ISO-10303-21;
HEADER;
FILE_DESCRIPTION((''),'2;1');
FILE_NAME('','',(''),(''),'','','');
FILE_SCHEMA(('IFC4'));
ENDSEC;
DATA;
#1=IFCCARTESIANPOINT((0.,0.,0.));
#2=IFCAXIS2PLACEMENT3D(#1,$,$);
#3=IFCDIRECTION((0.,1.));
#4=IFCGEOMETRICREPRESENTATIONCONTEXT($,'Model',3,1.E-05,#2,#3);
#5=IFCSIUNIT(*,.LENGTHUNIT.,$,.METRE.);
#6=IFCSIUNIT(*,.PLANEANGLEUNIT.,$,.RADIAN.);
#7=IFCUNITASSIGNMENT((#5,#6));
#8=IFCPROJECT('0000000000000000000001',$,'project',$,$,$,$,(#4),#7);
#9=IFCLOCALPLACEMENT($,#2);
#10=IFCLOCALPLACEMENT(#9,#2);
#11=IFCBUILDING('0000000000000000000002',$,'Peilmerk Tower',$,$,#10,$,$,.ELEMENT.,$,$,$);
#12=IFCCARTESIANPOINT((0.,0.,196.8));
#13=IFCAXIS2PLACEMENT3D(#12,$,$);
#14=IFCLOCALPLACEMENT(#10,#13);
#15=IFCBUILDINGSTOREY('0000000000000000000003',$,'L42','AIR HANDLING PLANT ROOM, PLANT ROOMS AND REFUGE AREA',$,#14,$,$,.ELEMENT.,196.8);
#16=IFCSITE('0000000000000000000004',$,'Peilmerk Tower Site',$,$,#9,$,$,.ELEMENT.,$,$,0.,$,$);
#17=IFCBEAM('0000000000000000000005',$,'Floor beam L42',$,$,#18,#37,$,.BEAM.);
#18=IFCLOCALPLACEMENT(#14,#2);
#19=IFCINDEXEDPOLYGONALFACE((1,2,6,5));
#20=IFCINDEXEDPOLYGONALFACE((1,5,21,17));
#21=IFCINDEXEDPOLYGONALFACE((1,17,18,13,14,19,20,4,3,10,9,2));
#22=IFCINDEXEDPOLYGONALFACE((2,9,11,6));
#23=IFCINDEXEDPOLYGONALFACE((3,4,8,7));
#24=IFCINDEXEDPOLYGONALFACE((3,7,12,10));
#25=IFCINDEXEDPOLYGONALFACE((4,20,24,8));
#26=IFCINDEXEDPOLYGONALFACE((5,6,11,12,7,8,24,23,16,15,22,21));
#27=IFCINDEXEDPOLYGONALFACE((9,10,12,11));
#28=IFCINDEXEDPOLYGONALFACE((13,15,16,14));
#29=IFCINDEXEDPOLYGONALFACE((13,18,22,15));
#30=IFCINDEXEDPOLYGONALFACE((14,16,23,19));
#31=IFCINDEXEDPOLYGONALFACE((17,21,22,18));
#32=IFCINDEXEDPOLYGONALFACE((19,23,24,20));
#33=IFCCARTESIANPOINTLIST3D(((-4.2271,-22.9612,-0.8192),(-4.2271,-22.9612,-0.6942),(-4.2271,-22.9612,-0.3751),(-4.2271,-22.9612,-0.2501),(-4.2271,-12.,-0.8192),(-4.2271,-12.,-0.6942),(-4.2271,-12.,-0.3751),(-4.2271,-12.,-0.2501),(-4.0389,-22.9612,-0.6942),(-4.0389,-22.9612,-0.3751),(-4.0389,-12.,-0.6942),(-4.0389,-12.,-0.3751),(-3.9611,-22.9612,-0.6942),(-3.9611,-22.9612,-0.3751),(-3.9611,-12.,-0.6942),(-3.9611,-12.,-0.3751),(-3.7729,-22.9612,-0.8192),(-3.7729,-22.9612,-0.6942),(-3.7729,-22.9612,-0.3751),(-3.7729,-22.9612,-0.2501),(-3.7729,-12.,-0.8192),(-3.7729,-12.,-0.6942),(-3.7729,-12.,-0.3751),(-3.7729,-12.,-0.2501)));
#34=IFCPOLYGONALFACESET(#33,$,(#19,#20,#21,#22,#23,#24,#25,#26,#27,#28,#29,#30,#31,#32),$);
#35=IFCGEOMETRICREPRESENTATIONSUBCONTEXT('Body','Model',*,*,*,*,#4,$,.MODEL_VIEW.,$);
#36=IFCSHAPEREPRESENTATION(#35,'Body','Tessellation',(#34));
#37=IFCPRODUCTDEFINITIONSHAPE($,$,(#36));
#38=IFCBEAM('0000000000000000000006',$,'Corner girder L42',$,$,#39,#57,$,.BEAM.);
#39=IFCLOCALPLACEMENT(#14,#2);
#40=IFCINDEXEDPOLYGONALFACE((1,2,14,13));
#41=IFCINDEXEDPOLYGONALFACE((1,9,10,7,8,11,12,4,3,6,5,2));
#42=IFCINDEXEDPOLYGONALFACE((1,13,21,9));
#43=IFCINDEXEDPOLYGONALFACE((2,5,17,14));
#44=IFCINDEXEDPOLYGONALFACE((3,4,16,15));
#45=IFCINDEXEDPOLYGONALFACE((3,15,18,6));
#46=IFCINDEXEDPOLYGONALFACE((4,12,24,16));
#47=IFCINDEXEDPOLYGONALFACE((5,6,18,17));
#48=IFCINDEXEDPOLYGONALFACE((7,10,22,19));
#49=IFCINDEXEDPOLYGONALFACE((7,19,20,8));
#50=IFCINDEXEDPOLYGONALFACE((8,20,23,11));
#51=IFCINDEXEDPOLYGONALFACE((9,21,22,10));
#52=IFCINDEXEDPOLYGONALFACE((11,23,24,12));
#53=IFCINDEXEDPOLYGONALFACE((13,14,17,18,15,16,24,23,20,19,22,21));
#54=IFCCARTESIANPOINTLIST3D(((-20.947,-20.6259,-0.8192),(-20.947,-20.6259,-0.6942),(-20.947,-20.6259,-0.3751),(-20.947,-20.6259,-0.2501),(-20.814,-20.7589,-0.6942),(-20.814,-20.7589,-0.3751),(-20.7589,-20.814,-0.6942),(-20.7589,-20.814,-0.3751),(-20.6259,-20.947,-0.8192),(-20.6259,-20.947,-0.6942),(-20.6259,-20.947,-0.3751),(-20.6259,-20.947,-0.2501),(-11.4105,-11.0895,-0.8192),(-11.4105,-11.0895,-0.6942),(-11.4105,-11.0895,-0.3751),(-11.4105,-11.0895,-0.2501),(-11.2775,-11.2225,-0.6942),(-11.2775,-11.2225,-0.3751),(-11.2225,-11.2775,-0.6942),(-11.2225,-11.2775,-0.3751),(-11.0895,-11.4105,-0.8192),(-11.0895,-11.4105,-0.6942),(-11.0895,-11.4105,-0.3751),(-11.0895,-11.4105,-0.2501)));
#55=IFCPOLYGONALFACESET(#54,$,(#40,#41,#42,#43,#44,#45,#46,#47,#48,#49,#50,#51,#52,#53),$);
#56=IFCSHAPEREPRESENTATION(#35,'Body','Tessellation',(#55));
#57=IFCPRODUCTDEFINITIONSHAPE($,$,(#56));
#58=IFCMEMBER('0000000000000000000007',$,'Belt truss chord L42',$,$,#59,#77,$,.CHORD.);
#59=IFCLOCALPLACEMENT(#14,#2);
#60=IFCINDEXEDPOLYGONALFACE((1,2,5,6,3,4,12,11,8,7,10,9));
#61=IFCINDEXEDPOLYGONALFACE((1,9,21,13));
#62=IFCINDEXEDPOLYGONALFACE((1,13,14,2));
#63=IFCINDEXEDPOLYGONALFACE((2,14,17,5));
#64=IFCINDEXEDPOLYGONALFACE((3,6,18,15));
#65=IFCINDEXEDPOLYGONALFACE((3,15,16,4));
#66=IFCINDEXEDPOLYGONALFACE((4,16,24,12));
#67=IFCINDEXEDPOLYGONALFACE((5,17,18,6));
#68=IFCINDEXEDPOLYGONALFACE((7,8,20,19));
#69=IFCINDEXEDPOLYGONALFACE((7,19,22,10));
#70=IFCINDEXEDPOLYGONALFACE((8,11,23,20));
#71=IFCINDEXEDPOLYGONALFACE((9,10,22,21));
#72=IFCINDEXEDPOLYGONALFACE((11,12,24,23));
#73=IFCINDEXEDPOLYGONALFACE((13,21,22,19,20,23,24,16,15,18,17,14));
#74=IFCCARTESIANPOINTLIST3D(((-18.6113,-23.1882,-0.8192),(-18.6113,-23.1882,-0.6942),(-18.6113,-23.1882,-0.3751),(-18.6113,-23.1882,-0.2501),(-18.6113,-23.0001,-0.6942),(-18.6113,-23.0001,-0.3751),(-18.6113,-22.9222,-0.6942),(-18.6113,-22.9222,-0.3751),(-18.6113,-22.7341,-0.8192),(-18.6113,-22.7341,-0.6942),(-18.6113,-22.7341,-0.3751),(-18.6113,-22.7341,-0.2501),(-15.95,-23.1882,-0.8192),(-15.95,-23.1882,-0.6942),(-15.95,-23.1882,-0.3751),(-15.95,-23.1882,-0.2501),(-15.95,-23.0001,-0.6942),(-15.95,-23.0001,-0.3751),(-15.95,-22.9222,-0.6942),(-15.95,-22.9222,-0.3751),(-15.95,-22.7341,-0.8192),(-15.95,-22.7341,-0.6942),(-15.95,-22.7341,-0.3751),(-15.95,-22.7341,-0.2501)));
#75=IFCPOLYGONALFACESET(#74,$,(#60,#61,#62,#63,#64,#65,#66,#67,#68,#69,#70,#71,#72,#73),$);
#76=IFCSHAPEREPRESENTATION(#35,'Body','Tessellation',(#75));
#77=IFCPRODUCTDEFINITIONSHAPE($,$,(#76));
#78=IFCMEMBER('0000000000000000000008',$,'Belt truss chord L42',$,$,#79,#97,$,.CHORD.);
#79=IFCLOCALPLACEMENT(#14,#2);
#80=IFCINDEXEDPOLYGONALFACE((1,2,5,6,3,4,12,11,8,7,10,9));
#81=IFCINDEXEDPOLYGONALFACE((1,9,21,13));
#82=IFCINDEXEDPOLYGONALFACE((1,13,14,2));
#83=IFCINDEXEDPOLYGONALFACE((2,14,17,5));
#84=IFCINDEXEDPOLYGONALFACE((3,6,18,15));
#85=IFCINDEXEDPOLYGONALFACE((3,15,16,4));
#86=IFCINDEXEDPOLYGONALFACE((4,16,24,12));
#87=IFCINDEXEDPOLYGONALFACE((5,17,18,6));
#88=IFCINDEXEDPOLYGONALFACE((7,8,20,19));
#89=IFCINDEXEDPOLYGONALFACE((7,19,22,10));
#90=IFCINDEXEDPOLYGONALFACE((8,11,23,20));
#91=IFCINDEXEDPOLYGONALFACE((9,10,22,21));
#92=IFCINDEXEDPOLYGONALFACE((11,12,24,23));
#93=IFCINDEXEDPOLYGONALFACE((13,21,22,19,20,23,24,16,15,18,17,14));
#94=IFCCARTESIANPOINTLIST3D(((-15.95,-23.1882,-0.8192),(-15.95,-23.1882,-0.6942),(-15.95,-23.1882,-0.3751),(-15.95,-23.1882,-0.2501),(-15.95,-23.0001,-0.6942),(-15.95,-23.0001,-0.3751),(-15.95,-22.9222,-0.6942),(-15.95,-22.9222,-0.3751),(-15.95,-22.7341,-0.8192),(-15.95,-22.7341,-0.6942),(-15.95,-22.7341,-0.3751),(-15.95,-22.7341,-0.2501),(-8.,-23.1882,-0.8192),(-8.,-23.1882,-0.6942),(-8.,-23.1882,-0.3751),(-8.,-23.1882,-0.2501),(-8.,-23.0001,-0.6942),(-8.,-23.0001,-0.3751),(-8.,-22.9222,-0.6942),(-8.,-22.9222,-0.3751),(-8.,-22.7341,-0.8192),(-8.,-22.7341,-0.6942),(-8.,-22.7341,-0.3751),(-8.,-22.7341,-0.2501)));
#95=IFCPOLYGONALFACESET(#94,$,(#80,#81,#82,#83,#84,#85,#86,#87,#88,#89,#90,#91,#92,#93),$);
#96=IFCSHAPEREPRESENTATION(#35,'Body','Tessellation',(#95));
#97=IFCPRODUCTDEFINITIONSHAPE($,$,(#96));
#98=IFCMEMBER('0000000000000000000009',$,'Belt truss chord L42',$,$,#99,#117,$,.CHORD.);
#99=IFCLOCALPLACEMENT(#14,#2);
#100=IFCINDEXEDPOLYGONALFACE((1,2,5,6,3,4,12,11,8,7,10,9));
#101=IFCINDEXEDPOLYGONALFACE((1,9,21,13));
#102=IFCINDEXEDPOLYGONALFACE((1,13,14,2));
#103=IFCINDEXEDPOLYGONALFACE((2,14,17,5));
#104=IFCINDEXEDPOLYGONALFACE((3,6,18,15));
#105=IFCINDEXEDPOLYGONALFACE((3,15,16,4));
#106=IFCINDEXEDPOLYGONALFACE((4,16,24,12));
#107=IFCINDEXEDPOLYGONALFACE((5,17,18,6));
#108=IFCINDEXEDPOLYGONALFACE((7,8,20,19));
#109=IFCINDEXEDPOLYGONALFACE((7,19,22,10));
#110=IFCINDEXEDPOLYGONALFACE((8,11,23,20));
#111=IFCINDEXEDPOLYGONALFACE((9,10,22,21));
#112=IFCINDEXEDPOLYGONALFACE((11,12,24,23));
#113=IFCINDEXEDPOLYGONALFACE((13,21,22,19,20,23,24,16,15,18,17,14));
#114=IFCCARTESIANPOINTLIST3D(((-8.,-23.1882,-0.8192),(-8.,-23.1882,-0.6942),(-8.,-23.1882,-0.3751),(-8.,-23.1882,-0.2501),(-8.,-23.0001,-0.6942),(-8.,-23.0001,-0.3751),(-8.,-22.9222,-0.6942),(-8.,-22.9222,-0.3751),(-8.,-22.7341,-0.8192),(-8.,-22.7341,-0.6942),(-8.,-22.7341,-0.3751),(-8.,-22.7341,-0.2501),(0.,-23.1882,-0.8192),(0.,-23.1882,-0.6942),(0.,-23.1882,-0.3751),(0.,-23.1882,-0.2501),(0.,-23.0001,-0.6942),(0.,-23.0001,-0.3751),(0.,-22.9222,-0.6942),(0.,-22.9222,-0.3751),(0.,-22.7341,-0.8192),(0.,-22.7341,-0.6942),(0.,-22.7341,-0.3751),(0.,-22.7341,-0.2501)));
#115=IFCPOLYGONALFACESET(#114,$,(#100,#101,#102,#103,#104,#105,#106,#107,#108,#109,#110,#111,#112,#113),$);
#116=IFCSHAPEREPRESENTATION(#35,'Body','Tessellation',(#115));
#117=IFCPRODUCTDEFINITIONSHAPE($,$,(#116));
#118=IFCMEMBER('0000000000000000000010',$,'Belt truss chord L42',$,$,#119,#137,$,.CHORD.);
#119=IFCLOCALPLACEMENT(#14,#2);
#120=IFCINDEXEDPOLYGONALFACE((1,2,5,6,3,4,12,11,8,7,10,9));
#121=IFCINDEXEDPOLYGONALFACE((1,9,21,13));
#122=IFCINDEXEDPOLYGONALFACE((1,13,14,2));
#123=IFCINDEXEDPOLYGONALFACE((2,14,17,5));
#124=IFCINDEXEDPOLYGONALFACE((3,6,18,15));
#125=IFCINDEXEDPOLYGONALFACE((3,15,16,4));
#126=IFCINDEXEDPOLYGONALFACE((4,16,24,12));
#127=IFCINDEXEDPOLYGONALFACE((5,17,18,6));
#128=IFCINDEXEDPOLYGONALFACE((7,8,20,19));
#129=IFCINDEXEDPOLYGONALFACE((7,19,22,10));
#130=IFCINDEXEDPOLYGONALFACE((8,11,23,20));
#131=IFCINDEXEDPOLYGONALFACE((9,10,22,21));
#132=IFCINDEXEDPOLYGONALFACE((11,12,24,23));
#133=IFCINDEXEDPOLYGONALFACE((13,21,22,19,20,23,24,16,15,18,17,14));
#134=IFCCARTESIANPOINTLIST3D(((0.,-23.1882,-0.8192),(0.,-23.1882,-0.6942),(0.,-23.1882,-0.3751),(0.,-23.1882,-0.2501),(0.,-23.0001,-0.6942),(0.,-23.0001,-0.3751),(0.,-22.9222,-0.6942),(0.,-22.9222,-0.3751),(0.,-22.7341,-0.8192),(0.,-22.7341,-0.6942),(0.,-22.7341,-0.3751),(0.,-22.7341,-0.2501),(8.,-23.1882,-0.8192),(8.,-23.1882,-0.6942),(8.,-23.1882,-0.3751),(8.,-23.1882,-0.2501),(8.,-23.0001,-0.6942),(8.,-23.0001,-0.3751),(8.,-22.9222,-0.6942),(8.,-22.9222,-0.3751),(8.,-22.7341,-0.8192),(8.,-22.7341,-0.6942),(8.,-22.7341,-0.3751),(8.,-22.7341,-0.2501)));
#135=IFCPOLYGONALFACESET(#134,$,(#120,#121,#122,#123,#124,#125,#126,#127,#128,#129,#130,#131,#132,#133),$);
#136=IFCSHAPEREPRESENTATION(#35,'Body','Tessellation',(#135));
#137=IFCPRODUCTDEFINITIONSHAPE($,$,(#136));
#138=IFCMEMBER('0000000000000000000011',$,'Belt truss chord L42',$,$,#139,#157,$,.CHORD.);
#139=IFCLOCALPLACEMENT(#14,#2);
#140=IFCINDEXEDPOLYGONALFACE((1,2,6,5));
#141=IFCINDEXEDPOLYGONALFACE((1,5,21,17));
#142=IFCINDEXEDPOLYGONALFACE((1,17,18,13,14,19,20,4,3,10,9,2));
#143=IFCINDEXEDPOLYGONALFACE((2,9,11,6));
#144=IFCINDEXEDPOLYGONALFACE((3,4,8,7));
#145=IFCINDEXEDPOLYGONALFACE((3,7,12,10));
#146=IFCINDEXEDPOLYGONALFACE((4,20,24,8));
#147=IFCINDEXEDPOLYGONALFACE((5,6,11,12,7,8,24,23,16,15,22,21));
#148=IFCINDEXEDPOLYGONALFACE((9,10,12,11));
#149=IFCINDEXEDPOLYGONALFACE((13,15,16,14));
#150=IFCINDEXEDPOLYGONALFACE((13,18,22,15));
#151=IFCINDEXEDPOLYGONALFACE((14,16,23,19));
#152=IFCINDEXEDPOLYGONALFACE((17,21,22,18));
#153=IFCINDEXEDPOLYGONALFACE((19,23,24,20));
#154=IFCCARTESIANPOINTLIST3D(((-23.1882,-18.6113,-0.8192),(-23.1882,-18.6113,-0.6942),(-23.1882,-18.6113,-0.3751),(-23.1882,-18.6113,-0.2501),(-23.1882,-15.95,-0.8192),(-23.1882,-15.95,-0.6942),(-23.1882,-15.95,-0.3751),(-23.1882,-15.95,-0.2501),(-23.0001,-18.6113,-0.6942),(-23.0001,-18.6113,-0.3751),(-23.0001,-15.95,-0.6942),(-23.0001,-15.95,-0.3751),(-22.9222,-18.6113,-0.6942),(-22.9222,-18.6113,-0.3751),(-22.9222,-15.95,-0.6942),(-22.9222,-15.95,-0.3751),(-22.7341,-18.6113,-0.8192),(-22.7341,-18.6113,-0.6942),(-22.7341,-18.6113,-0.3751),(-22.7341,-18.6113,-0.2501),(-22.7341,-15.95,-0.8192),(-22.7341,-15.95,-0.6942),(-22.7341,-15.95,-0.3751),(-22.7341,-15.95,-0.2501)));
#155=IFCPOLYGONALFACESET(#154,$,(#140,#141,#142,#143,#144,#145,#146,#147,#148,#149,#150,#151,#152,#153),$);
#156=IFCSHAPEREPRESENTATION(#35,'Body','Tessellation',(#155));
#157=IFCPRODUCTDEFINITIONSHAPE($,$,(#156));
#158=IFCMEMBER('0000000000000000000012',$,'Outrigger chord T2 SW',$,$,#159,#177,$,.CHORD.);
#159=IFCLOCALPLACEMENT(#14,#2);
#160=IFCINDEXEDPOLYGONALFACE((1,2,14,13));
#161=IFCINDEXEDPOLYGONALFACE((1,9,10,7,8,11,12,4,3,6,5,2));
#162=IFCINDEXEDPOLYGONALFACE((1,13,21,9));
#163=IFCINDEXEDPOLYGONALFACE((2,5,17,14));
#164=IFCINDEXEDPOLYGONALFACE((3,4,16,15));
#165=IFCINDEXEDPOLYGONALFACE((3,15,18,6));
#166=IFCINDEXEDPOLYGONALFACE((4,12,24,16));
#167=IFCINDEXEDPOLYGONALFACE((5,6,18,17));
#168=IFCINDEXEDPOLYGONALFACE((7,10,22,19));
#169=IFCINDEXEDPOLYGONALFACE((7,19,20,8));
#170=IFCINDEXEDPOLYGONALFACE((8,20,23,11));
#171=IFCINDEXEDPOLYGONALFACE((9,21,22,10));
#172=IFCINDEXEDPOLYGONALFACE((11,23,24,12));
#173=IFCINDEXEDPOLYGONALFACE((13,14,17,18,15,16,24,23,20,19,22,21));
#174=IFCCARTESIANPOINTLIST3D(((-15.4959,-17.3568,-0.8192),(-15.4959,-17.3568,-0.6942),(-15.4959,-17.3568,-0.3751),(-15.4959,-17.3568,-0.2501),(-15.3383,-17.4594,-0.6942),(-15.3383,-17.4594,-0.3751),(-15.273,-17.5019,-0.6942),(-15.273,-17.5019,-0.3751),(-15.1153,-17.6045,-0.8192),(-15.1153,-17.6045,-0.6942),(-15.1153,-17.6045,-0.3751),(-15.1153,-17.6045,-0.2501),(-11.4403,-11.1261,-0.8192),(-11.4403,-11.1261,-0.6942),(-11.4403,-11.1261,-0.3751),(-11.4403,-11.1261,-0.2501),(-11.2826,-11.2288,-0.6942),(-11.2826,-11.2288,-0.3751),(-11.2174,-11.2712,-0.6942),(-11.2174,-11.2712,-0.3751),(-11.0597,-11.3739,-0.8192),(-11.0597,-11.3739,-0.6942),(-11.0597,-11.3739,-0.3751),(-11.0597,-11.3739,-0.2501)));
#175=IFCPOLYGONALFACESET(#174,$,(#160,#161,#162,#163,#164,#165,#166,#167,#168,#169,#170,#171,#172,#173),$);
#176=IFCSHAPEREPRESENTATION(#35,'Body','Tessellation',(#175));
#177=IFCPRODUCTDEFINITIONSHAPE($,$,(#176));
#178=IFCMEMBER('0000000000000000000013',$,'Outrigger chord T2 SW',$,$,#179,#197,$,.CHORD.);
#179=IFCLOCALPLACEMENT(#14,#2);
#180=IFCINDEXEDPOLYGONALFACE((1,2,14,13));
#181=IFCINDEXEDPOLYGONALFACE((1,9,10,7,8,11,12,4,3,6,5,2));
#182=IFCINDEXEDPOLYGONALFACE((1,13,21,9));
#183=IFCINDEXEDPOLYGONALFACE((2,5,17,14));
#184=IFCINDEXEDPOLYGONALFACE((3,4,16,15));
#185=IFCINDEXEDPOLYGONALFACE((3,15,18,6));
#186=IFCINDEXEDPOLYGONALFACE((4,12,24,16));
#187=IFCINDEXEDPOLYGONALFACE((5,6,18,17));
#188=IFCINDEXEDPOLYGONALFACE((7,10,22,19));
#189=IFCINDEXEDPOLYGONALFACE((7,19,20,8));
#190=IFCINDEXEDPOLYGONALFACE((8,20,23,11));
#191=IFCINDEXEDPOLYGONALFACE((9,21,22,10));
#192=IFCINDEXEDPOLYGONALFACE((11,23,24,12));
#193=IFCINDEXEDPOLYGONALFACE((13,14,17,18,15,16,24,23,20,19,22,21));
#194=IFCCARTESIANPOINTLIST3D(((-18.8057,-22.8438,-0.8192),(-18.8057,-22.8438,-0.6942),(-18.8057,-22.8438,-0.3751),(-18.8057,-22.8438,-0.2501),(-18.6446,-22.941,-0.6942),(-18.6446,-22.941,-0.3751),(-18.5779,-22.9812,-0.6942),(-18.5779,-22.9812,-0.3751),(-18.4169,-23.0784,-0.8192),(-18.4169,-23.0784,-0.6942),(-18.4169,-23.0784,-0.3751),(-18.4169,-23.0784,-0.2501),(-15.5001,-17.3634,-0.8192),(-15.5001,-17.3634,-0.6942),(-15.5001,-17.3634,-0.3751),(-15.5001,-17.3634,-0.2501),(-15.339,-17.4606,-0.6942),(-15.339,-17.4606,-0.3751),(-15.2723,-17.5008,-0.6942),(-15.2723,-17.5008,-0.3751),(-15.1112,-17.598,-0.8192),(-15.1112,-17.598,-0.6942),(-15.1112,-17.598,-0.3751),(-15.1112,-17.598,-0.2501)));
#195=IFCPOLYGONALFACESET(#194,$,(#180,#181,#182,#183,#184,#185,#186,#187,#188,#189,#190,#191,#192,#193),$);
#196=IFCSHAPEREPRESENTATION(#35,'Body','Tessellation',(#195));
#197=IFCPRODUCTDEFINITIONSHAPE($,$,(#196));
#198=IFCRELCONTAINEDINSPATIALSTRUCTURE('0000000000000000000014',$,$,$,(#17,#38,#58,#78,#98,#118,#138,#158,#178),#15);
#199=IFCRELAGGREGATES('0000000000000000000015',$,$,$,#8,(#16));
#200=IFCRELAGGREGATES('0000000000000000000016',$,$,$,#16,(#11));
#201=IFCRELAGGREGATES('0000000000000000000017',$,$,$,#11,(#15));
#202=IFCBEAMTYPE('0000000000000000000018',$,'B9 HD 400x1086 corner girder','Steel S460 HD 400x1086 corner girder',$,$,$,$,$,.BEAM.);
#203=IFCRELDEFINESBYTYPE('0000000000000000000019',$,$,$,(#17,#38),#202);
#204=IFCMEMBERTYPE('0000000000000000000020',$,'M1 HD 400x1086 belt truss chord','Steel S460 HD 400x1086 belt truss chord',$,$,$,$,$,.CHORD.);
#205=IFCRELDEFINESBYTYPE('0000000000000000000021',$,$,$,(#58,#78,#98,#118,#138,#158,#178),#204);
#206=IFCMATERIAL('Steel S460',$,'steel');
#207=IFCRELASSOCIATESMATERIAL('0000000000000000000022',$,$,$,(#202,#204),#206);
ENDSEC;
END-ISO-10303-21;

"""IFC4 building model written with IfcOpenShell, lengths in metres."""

from ifc_helpers import new_model, si_unit, direction, frame, origin, origin_2d, place, context, subcontext, project, spatial, i_section, extrude, material, material_profile, profile_set, type_object, element, save


model = new_model("IFC4")

# Units and contexts
model_context = context("Model", 3, precision=1e-05, world=origin(), true_north=direction((0.0, 1.0)))
body_context = subcontext(model_context, "Body", "Model", "MODEL_VIEW")
ifc_project = project(units=[si_unit("LENGTHUNIT", "METRE"), si_unit("PLANEANGLEUNIT", "RADIAN")], contexts=[model_context])

# Site, building, storey
site_placement = place(None, origin())
site = spatial("IfcSite", under=ifc_project, at=site_placement, Name="Peilmerk Tower Site", CompositionType="ELEMENT", RefElevation=0.0)
building_placement = place(site_placement, origin())
building = spatial("IfcBuilding", under=site, at=building_placement, Name="Peilmerk Tower", CompositionType="ELEMENT")
storey_placement = place(building_placement, frame((0.0, 0.0, 196.8)))
storey = spatial("IfcBuildingStorey", under=building, at=storey_placement, Name="L42", Description="AIR HANDLING PLANT ROOM, PLANT ROOMS AND REFUGE AREA", CompositionType="ELEMENT", Elevation=196.8)

# Shared definitions
ifc_material_1 = material(Name="Steel S460", Category="steel")

# Beams
ifc_material_profile_1 = material_profile(ifc_material_1, i_section(OverallWidth=0.4541, OverallDepth=0.5691, WebThickness=0.0779, FlangeThickness=0.125, at=origin_2d()), Name="HD 400x1086")
ifc_profile_set_1 = profile_set([ifc_material_profile_1], Name="Steel S460")
beam_type_1 = type_object("IfcBeamType", Name="B9 HD 400x1086 corner girder", Description="Steel S460 HD 400x1086 corner girder", PredefinedType="BEAM", material=ifc_profile_set_1)
for number, where, z_axis, x_axis, name in (
    (1, (-4.0, -12.0, -0.5347), (0.0, -1.0, 0.0), (1.0, 0.0, 0.0), "Floor beam L42"),
):
    element("IfcBeam", number, at=place(storey_placement, frame(where, z_axis=z_axis, x_axis=x_axis)), inside=storey, type_object=beam_type_1, Name=name, PredefinedType="BEAM", context=body_context, shape_type="SweptSolid", body=[
        extrude(i_section(OverallWidth=0.4541, OverallDepth=0.5691, WebThickness=0.0779, FlangeThickness=0.125, at=origin_2d()), origin(), (0.0, 0.0, 1.0), 10.9612),
    ])
beam_1_placement = place(storey_placement, frame((-11.25, -11.25, -0.5347), z_axis=(-0.707107, -0.707107, 0.0), x_axis=(0.707107, -0.707107, 0.0)))
element("IfcBeam", 2, at=beam_1_placement, inside=storey, type_object=beam_type_1, Name="Corner girder L42", PredefinedType="BEAM", context=body_context, shape_type="SweptSolid", body=[
    extrude(i_section(OverallWidth=0.4541, OverallDepth=0.5691, WebThickness=0.0779, FlangeThickness=0.125, at=origin_2d()), origin(), (0.0, 0.0, 1.0), 13.4866),
])

# Members
ifc_material_profile_2 = material_profile(ifc_material_1, i_section(OverallWidth=0.4541, OverallDepth=0.5691, WebThickness=0.0779, FlangeThickness=0.125, at=origin_2d()), Name="HD 400x1086")
ifc_profile_set_2 = profile_set([ifc_material_profile_2], Name="Steel S460")
member_type_1 = type_object("IfcMemberType", Name="M1 HD 400x1086 belt truss chord", Description="Steel S460 HD 400x1086 belt truss chord", PredefinedType="CHORD", material=ifc_profile_set_2)
member_1_placement = place(storey_placement, frame((-18.6113, -22.9612, -0.5347), z_axis=(1.0, 0.0, 0.0), x_axis=(0.0, 1.0, 0.0)))
element("IfcMember", 3, at=member_1_placement, inside=storey, type_object=member_type_1, Name="Belt truss chord L42", PredefinedType="CHORD", context=body_context, shape_type="SweptSolid", body=[
    extrude(i_section(OverallWidth=0.4541, OverallDepth=0.5691, WebThickness=0.0779, FlangeThickness=0.125, at=origin_2d()), origin(), (0.0, 0.0, 1.0), 2.6614),
])
member_2_placement = place(storey_placement, frame((-15.95, -22.9612, -0.5347), z_axis=(1.0, 0.0, 0.0), x_axis=(0.0, 1.0, 0.0)))
element("IfcMember", 4, at=member_2_placement, inside=storey, type_object=member_type_1, Name="Belt truss chord L42", PredefinedType="CHORD", context=body_context, shape_type="SweptSolid", body=[
    extrude(i_section(OverallWidth=0.4541, OverallDepth=0.5691, WebThickness=0.0779, FlangeThickness=0.125, at=origin_2d()), origin(), (0.0, 0.0, 1.0), 7.95),
])
for number, where, z_axis, x_axis, name in (
    (5, (-8.0, -22.9612, -0.5347), (1.0, 0.0, 0.0), (0.0, 1.0, 0.0), "Belt truss chord L42"),
    (6, (0.0, -22.9612, -0.5347), (1.0, 0.0, 0.0), (0.0, 1.0, 0.0), "Belt truss chord L42"),
):
    element("IfcMember", number, at=place(storey_placement, frame(where, z_axis=z_axis, x_axis=x_axis)), inside=storey, type_object=member_type_1, Name=name, PredefinedType="CHORD", context=body_context, shape_type="SweptSolid", body=[
        extrude(i_section(OverallWidth=0.4541, OverallDepth=0.5691, WebThickness=0.0779, FlangeThickness=0.125, at=origin_2d()), origin(), (0.0, 0.0, 1.0), 8.0),
    ])
member_3_placement = place(storey_placement, frame((-22.9612, -15.95, -0.5347), z_axis=(0.0, -1.0, 0.0), x_axis=(1.0, 0.0, 0.0)))
element("IfcMember", 7, at=member_3_placement, inside=storey, type_object=member_type_1, Name="Belt truss chord L42", PredefinedType="CHORD", context=body_context, shape_type="SweptSolid", body=[
    extrude(i_section(OverallWidth=0.4541, OverallDepth=0.5691, WebThickness=0.0779, FlangeThickness=0.125, at=origin_2d()), origin(), (0.0, 0.0, 1.0), 2.6614),
])
member_4_placement = place(storey_placement, frame((-11.25, -11.25, -0.5347), z_axis=(-0.545527, -0.838093, 0.0), x_axis=(0.838093, -0.545527, 0.0)))
element("IfcMember", 8, at=member_4_placement, inside=storey, type_object=member_type_1, Name="Outrigger chord T2 SW", PredefinedType="CHORD", context=body_context, shape_type="SweptSolid", body=[
    extrude(i_section(OverallWidth=0.4541, OverallDepth=0.5691, WebThickness=0.0779, FlangeThickness=0.125, at=origin_2d()), origin(), (0.0, 0.0, 1.0), 7.4343),
])
member_5_placement = place(storey_placement, frame((-15.3057, -17.4807, -0.5347), z_axis=(-0.516491, -0.856292, 0.0), x_axis=(0.856292, -0.516491, 0.0)))
element("IfcMember", 9, at=member_5_placement, inside=storey, type_object=member_type_1, Name="Outrigger chord T2 SW", PredefinedType="CHORD", context=body_context, shape_type="SweptSolid", body=[
    extrude(i_section(OverallWidth=0.4541, OverallDepth=0.5691, WebThickness=0.0779, FlangeThickness=0.125, at=origin_2d()), origin(), (0.0, 0.0, 1.0), 6.4001),
])

save(model, "model.ifc")
